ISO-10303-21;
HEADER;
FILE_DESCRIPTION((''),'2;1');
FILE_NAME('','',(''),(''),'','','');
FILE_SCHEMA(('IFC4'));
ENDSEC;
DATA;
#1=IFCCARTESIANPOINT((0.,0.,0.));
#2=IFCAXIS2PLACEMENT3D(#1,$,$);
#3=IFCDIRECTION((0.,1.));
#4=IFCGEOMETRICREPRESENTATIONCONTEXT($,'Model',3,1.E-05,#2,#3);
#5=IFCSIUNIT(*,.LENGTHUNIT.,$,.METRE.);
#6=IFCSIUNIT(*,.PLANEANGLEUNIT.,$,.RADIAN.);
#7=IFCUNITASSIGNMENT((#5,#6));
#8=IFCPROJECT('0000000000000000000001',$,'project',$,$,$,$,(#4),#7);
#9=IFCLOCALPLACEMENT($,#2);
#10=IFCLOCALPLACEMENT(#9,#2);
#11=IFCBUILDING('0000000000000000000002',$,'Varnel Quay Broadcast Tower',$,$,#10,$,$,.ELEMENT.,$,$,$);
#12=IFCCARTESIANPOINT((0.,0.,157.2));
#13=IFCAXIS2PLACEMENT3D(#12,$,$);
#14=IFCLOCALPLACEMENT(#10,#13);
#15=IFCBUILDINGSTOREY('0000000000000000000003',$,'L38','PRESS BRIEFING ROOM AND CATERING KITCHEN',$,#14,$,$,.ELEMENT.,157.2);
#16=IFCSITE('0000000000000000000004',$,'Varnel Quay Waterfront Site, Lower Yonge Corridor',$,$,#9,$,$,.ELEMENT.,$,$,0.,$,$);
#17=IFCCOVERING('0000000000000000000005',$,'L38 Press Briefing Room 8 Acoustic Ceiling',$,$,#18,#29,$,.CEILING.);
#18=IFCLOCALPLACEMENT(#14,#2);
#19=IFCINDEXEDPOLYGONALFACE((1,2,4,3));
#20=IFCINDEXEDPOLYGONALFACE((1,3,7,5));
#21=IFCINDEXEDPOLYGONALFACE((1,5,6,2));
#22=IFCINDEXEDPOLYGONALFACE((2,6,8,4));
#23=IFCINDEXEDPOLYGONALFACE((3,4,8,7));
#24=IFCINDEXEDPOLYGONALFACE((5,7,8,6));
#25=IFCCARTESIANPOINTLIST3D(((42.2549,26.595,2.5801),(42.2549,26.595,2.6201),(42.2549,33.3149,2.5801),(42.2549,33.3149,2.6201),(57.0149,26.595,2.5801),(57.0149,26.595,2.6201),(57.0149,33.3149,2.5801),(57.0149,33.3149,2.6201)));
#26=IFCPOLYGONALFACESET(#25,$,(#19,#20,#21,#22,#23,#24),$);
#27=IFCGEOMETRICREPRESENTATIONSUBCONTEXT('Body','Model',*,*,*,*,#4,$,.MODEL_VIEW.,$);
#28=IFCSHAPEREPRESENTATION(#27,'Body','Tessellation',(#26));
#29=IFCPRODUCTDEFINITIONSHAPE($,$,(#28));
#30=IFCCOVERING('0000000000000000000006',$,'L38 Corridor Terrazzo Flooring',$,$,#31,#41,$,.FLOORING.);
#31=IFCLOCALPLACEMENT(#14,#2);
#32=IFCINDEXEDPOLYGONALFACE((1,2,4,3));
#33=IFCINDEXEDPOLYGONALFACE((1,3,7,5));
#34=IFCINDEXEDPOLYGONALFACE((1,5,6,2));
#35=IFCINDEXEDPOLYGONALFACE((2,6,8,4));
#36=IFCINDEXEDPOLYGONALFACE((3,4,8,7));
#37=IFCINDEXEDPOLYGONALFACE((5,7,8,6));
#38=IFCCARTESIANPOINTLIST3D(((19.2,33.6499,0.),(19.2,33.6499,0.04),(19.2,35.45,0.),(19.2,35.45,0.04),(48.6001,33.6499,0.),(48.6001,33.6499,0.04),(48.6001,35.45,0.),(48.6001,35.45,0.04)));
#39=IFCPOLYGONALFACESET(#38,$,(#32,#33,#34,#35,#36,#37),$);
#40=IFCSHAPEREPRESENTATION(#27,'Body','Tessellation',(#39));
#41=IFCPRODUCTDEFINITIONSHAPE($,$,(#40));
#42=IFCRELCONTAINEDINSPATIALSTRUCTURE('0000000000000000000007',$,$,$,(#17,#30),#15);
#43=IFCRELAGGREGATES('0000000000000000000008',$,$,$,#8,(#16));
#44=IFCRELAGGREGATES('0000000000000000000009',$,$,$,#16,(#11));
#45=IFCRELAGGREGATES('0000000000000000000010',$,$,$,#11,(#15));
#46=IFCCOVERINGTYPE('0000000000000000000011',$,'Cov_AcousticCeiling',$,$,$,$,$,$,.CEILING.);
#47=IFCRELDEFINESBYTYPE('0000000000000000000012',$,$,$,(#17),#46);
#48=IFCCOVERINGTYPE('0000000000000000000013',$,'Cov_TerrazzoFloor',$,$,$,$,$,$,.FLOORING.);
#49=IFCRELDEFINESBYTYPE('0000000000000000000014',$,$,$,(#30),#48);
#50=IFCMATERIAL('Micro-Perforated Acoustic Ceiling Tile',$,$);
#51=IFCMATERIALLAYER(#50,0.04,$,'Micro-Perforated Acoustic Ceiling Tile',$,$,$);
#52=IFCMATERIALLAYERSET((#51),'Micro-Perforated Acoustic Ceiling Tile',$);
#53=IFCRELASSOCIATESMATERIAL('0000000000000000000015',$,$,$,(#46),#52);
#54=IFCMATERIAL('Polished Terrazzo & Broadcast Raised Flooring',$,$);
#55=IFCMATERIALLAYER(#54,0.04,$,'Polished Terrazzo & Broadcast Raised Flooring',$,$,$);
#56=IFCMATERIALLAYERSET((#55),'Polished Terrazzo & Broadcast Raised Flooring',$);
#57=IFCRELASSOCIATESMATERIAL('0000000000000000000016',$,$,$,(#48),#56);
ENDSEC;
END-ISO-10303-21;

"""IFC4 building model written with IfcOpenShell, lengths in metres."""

from ifc_helpers import new_model, si_unit, direction, frame, origin, place, context, subcontext, project, spatial, polyline, outline, extrude, material, layer, layer_set, type_object, element, save


model = new_model("IFC4")

# Units and contexts
model_context = context("Model", 3, precision=1e-05, world=origin(), true_north=direction((0.0, 1.0)))
body_context = subcontext(model_context, "Body", "Model", "MODEL_VIEW")
ifc_project = project(units=[si_unit("LENGTHUNIT", "METRE"), si_unit("PLANEANGLEUNIT", "RADIAN")], contexts=[model_context])

# Site, building, storey
site_placement = place(None, origin())
site = spatial("IfcSite", under=ifc_project, at=site_placement, Name="Varnel Quay Waterfront Site, Lower Yonge Corridor", CompositionType="ELEMENT", RefElevation=0.0)
building_placement = place(site_placement, origin())
building = spatial("IfcBuilding", under=site, at=building_placement, Name="Varnel Quay Broadcast Tower", CompositionType="ELEMENT")
storey_placement = place(building_placement, frame((0.0, 0.0, 157.2)))
storey = spatial("IfcBuildingStorey", under=building, at=storey_placement, Name="L38", Description="PRESS BRIEFING ROOM AND CATERING KITCHEN", CompositionType="ELEMENT", Elevation=157.2)

# Coverings
ifc_material_1 = material(Name="Micro-Perforated Acoustic Ceiling Tile")
ifc_layer_1 = layer(ifc_material_1, 0.04, Name="Micro-Perforated Acoustic Ceiling Tile")
ifc_layer_set_1 = layer_set([ifc_layer_1], Name="Micro-Perforated Acoustic Ceiling Tile")
covering_type_1 = type_object("IfcCoveringType", Name="Cov_AcousticCeiling", PredefinedType="CEILING", material=ifc_layer_set_1)
covering_1_placement = place(storey_placement, frame((0.0, 0.0, 2.5801)))
element("IfcCovering", 1, at=covering_1_placement, inside=storey, type_object=covering_type_1, Name="L38 Press Briefing Room 8 Acoustic Ceiling", PredefinedType="CEILING", context=body_context, shape_type="SweptSolid", body=[
    extrude(outline(polyline([(42.2549, 26.595), (57.0149, 26.595), (57.0149, 33.3149), (42.2549, 33.3149), (42.2549, 26.595)])), origin(), (0.0, 0.0, 1.0), 0.04),
])
ifc_material_2 = material(Name="Polished Terrazzo & Broadcast Raised Flooring")
ifc_layer_2 = layer(ifc_material_2, 0.04, Name="Polished Terrazzo & Broadcast Raised Flooring")
ifc_layer_set_2 = layer_set([ifc_layer_2], Name="Polished Terrazzo & Broadcast Raised Flooring")
covering_type_2 = type_object("IfcCoveringType", Name="Cov_TerrazzoFloor", PredefinedType="FLOORING", material=ifc_layer_set_2)
covering_2_placement = place(storey_placement, origin())
element("IfcCovering", 2, at=covering_2_placement, inside=storey, type_object=covering_type_2, Name="L38 Corridor Terrazzo Flooring", PredefinedType="FLOORING", context=body_context, shape_type="SweptSolid", body=[
    extrude(outline(polyline([(19.2, 33.6499), (48.6001, 33.6499), (48.6001, 35.45), (19.2, 35.45), (19.2, 33.6499)])), origin(), (0.0, 0.0, 1.0), 0.04),
])

save(model, "model.ifc")
